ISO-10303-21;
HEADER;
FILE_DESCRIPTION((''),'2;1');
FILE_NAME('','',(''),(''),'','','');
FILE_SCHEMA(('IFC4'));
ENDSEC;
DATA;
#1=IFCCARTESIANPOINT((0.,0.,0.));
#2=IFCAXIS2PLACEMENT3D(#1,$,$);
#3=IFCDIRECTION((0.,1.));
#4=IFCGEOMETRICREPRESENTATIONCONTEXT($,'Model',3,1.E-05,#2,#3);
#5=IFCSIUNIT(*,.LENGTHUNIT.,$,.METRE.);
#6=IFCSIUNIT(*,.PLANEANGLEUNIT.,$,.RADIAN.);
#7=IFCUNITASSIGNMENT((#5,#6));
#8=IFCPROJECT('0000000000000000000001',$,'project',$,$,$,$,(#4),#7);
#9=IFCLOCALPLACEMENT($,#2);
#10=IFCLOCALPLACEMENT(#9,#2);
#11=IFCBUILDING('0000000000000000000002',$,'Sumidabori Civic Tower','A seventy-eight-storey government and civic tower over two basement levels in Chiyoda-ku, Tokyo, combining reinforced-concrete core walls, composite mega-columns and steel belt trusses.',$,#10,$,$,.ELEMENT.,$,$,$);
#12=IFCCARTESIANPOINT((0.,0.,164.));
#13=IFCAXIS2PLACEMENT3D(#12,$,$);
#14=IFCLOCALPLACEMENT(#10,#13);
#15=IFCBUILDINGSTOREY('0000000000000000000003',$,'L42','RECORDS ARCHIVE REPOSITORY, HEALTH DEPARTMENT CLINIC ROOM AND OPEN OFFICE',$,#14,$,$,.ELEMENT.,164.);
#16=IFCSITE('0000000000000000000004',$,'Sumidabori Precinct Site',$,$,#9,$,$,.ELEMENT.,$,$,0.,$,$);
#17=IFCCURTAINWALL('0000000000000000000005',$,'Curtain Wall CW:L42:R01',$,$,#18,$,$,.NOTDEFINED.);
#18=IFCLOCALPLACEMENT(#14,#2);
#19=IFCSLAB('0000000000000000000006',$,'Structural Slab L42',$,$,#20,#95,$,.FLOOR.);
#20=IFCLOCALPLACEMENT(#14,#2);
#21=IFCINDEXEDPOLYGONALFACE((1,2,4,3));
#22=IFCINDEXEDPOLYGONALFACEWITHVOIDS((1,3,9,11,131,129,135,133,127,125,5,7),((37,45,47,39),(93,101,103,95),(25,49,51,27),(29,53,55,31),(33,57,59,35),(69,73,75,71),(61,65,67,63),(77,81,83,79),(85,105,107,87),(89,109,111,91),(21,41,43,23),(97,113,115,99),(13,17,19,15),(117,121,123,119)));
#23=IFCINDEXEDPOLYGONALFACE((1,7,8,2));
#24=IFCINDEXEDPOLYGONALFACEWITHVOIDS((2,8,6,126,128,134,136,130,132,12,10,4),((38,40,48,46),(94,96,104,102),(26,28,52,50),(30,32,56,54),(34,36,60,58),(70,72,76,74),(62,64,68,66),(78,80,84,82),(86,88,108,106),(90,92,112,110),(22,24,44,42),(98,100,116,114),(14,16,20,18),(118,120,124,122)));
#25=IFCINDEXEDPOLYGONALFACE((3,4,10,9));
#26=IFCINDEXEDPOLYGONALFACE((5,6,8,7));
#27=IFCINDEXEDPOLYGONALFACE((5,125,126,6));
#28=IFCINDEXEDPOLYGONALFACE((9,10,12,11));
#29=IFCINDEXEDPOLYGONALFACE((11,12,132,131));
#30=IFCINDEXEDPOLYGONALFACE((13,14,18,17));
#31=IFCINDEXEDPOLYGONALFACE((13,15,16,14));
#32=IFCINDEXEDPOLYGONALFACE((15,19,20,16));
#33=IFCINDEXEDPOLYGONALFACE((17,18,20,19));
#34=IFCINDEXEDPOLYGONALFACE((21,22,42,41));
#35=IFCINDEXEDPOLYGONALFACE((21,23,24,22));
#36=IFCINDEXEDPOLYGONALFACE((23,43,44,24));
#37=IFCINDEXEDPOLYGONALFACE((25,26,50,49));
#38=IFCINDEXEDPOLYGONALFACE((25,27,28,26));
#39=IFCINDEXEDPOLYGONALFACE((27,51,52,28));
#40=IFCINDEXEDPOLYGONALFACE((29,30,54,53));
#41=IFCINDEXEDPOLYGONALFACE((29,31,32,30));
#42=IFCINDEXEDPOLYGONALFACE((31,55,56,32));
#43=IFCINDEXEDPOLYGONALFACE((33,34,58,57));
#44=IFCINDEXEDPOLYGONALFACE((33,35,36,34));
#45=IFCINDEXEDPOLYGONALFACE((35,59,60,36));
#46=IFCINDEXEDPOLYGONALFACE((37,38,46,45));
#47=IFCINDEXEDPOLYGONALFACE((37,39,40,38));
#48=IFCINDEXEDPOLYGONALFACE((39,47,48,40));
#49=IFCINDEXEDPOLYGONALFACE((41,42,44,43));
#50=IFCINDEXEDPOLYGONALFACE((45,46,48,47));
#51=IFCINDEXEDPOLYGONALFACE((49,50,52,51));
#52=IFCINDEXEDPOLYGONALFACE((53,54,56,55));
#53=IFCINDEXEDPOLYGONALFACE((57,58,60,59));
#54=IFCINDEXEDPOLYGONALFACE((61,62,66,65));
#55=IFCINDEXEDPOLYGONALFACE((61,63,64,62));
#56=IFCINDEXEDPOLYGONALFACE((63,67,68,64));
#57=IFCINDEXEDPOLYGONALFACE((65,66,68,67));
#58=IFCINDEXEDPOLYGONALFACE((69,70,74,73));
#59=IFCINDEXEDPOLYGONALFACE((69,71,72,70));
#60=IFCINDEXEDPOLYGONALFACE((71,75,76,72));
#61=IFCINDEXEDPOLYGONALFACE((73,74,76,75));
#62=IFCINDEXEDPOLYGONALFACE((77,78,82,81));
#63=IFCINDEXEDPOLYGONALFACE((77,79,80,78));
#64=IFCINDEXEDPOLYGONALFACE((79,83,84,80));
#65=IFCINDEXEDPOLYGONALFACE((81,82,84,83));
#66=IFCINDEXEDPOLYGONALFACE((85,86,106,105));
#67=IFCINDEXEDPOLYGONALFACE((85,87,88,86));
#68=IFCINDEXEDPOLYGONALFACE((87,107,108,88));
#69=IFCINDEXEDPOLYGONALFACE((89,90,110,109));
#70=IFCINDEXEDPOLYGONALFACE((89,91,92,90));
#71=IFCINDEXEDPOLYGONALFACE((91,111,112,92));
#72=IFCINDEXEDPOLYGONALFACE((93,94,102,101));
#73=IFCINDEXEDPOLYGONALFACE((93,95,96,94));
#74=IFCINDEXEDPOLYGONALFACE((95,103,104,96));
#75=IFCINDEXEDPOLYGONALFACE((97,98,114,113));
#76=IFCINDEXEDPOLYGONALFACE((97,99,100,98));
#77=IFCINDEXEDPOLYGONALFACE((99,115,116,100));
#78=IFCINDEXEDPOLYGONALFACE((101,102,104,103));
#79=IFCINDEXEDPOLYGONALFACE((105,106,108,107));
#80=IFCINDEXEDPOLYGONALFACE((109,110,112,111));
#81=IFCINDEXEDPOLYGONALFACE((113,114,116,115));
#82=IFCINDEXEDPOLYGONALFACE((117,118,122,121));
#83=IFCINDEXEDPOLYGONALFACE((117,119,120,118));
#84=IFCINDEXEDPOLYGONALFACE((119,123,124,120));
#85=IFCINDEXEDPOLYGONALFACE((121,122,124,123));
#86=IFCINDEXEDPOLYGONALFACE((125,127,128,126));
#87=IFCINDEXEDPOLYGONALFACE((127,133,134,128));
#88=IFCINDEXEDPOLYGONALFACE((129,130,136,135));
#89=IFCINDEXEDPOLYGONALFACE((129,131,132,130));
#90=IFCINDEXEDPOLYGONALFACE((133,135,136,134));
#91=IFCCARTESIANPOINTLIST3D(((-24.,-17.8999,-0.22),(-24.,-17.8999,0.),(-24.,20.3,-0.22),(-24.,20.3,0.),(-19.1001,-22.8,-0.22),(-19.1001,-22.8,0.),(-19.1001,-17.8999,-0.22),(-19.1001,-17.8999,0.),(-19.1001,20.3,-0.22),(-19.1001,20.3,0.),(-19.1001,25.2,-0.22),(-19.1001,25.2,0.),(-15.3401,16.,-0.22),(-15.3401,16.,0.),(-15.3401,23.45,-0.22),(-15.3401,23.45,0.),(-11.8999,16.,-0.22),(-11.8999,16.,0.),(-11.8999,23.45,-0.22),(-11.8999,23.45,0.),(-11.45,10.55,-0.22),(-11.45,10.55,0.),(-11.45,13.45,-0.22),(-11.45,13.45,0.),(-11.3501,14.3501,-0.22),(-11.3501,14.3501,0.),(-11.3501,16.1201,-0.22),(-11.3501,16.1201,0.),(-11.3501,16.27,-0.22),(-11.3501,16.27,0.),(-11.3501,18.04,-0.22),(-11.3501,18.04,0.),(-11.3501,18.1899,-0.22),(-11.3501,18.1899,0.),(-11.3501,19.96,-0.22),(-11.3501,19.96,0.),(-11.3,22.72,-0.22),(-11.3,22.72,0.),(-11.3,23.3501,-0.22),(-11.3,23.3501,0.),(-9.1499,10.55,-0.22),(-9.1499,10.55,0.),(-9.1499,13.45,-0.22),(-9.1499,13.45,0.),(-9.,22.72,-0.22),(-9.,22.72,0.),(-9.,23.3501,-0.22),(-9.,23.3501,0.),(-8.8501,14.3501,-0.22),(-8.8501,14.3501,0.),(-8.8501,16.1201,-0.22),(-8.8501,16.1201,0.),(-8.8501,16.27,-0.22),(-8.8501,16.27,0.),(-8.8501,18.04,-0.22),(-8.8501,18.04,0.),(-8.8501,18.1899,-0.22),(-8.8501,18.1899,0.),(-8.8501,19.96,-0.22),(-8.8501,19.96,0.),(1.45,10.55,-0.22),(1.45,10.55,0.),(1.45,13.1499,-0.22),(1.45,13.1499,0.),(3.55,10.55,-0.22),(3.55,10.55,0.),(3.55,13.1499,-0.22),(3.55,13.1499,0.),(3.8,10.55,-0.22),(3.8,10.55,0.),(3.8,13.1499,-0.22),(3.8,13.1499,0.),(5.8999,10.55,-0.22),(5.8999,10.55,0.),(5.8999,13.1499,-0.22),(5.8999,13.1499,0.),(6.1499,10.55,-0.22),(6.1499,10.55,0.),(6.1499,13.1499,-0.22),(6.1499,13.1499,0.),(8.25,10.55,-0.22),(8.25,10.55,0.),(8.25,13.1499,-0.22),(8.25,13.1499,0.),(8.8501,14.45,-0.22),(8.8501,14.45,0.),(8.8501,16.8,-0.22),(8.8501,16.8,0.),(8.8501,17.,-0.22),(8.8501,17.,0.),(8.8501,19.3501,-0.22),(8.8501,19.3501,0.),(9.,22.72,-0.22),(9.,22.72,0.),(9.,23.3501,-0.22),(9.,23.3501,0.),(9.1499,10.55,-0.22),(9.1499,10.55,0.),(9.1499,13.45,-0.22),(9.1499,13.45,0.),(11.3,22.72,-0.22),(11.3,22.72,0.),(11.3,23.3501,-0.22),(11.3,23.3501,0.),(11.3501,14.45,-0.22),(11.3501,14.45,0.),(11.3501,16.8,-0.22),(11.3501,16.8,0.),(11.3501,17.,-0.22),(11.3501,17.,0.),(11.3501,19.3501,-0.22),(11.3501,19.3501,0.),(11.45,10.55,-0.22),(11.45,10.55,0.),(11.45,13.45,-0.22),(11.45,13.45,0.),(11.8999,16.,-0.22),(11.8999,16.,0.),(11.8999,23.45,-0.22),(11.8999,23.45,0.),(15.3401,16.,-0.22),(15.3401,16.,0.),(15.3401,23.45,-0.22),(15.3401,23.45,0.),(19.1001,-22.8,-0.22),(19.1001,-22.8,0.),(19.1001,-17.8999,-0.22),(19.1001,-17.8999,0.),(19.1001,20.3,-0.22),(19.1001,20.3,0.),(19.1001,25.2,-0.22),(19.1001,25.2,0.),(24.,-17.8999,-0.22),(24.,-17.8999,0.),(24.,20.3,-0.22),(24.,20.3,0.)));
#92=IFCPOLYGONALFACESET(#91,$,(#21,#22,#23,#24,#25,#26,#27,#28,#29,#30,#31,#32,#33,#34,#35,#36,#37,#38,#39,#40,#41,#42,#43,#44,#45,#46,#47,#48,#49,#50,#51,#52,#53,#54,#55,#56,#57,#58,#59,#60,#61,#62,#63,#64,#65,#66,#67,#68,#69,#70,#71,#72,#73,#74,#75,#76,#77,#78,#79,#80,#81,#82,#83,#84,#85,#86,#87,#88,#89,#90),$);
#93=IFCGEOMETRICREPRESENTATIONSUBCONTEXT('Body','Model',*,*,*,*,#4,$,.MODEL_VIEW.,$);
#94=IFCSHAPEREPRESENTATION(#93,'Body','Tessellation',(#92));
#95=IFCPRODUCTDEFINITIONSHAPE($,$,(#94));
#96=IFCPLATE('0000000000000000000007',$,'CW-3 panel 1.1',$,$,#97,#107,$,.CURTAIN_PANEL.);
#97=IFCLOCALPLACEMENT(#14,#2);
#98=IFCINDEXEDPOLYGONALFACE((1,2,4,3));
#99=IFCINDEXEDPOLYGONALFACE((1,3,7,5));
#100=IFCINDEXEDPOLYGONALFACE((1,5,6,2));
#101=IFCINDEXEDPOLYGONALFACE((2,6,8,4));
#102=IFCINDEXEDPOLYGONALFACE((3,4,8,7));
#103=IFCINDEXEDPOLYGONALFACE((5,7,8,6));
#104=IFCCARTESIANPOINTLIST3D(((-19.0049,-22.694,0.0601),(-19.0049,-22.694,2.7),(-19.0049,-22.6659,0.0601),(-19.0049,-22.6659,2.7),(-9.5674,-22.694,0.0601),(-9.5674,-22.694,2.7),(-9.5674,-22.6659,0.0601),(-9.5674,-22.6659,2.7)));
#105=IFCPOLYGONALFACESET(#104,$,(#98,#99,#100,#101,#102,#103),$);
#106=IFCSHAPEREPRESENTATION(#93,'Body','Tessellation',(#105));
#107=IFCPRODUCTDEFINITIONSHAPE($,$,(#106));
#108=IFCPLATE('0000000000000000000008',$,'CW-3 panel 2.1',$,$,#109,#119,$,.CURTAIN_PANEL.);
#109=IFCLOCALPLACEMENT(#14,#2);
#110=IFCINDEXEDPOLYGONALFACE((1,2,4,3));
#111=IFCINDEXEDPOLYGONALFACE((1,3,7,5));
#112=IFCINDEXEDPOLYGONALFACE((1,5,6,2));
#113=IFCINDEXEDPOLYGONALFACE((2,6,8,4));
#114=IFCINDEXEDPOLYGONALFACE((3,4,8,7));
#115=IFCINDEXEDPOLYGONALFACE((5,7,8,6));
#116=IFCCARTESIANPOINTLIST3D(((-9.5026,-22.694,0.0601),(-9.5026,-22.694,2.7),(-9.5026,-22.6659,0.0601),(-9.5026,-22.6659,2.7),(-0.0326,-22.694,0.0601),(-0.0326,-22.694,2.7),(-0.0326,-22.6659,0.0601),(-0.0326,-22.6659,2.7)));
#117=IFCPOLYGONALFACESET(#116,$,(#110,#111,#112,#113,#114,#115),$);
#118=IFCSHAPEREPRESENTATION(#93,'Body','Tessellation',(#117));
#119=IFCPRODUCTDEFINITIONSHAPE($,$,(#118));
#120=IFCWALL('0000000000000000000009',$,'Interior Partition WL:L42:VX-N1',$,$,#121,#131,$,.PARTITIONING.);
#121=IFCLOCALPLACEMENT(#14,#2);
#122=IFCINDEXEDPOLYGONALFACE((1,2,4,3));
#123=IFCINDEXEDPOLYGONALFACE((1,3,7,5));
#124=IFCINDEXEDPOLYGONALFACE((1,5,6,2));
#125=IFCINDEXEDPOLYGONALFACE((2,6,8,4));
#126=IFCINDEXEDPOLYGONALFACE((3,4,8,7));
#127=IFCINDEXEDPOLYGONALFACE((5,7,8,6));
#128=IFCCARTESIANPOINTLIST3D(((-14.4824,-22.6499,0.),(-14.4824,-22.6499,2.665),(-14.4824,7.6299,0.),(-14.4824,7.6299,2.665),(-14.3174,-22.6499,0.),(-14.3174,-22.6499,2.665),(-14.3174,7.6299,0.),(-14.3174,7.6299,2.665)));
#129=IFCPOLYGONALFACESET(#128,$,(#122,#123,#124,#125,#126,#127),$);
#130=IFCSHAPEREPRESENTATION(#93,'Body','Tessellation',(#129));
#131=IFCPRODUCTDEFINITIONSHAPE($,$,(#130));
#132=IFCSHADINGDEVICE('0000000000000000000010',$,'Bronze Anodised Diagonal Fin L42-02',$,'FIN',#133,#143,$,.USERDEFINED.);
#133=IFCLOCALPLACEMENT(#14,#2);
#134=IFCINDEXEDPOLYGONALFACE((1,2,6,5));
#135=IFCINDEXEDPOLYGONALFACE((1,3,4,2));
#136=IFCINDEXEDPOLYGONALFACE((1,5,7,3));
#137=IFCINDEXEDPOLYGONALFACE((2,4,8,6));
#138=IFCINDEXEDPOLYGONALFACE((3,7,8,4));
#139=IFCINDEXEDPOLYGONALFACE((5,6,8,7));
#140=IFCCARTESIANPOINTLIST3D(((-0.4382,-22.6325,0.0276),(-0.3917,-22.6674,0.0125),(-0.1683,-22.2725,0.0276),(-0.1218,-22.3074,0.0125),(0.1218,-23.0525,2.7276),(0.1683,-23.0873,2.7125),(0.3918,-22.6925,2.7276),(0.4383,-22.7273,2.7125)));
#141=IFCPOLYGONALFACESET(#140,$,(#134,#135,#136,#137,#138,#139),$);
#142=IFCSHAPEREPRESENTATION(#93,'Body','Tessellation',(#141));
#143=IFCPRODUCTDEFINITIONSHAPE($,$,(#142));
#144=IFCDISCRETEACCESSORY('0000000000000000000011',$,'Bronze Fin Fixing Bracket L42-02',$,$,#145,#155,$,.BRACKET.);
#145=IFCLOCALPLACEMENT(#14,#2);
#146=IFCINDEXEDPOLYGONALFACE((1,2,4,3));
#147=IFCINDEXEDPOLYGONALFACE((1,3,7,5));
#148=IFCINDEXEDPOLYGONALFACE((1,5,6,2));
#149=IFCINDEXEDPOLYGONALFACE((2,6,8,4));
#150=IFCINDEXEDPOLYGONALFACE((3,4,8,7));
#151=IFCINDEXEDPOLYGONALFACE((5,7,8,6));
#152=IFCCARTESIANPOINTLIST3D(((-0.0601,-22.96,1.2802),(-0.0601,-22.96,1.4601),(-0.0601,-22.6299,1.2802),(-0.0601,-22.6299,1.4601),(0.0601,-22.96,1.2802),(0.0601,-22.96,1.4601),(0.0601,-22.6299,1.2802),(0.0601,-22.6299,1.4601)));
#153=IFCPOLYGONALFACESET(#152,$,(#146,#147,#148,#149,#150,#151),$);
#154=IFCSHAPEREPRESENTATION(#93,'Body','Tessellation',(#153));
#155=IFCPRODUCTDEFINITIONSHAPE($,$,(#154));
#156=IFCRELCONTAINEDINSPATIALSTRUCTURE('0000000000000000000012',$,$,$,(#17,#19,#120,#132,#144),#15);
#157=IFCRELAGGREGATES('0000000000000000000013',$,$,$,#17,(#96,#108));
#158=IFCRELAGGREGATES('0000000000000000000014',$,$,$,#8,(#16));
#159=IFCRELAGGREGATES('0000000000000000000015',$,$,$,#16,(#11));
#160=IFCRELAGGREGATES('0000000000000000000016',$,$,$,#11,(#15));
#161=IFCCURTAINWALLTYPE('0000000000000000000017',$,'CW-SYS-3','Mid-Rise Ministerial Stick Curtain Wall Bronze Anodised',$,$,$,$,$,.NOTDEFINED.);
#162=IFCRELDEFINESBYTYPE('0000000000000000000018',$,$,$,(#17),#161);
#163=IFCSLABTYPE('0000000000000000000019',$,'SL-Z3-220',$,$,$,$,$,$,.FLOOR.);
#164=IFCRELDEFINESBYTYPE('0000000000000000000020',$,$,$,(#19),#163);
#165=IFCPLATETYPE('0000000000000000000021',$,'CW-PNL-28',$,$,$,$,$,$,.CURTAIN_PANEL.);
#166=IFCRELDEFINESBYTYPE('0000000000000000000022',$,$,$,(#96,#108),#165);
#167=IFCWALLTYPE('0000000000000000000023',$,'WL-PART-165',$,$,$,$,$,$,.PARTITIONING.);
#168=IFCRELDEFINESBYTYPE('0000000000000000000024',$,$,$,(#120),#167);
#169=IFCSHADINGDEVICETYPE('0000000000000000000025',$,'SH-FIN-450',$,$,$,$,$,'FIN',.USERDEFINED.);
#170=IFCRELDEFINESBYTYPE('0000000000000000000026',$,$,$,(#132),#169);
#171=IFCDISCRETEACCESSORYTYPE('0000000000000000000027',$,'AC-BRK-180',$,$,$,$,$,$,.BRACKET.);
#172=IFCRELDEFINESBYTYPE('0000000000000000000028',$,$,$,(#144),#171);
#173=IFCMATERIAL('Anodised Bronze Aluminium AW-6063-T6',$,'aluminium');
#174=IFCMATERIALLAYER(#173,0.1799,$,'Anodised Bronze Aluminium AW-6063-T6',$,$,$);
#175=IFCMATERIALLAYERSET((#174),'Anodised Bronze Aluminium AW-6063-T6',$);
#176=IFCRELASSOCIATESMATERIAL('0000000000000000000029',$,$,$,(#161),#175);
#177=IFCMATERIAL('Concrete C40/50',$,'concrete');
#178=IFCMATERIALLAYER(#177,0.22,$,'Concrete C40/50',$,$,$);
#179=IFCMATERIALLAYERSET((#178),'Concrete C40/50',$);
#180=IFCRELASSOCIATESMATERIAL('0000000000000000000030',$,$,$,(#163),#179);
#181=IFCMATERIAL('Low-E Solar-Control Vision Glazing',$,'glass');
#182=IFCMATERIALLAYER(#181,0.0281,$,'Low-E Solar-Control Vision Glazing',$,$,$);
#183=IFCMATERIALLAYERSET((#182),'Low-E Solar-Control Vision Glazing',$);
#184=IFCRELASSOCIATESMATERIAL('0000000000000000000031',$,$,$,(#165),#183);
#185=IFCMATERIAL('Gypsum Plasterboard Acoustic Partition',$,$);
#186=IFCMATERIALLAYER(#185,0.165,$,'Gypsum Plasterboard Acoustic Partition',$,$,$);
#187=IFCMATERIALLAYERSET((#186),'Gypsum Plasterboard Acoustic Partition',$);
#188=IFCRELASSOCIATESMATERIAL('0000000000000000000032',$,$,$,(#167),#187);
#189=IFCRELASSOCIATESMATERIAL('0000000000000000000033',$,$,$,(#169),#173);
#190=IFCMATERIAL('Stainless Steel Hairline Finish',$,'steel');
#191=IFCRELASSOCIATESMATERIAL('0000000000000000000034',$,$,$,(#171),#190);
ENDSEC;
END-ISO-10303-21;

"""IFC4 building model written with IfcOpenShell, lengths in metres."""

from ifc_helpers import new_model, si_unit, direction, frame, frame_2d, origin, origin_2d, place, context, subcontext, project, spatial, polyline, rectangle, outline, extrude, source, transform, mapped, material, layer, layer_set, material_profile, profile_set, type_object, element, aggregate, save


model = new_model("IFC4")

# Units and contexts
model_context = context("Model", 3, precision=1e-05, world=origin(), true_north=direction((0.0, 1.0)))
body_context = subcontext(model_context, "Body", "Model", "MODEL_VIEW")
ifc_project = project(units=[si_unit("LENGTHUNIT", "METRE"), si_unit("PLANEANGLEUNIT", "RADIAN")], contexts=[model_context])

# Site, building, storey
site_placement = place(None, origin())
site = spatial("IfcSite", under=ifc_project, at=site_placement, Name="Sumidabori Precinct Site", CompositionType="ELEMENT", RefElevation=0.0)
building_placement = place(site_placement, origin())
building = spatial("IfcBuilding", under=site, at=building_placement, Name="Sumidabori Civic Tower", Description="A seventy-eight-storey government and civic tower over two basement levels in Chiyoda-ku, Tokyo, combining reinforced-concrete core walls, composite mega-columns and steel belt trusses.", CompositionType="ELEMENT")
storey_placement = place(building_placement, frame((0.0, 0.0, 164.0)))
storey = spatial("IfcBuildingStorey", under=building, at=storey_placement, Name="L42", Description="RECORDS ARCHIVE REPOSITORY, HEALTH DEPARTMENT CLINIC ROOM AND OPEN OFFICE", CompositionType="ELEMENT", Elevation=164.0)

# Curtain wall
ifc_material_1 = material(Name="Anodised Bronze Aluminium AW-6063-T6", Category="aluminium")
ifc_layer_1 = layer(ifc_material_1, 0.1799, Name="Anodised Bronze Aluminium AW-6063-T6")
ifc_layer_set_1 = layer_set([ifc_layer_1], Name="Anodised Bronze Aluminium AW-6063-T6")
curtain_wall_type = type_object("IfcCurtainWallType", Name="CW-SYS-3", Description="Mid-Rise Ministerial Stick Curtain Wall Bronze Anodised", PredefinedType="NOTDEFINED", material=ifc_layer_set_1)
curtain_wall_placement = place(storey_placement, origin())
curtain_wall = element("IfcCurtainWall", 1, at=curtain_wall_placement, inside=storey, type_object=curtain_wall_type, Name="Curtain Wall CW:L42:R01", PredefinedType="NOTDEFINED")

# Shared definitions
ifc_material_2 = material(Name="Concrete C40/50", Category="concrete")

# Slab
ifc_layer_2 = layer(ifc_material_2, 0.22, Name="Concrete C40/50")
ifc_layer_set_2 = layer_set([ifc_layer_2], Name="Concrete C40/50")
slab_type_1 = type_object("IfcSlabType", Name="SL-Z3-220", PredefinedType="FLOOR", material=ifc_layer_set_2)
slab_1_placement = place(storey_placement, frame((0.0, 0.0, -0.22)))
element("IfcSlab", 2, at=slab_1_placement, inside=storey, type_object=slab_type_1, Name="Structural Slab L42", PredefinedType="FLOOR", context=body_context, shape_type="SweptSolid", body=[
    extrude(outline(polyline([(-19.1001, -22.8), (19.1001, -22.8), (19.1001, -17.8999), (24.0, -17.8999), (24.0, 20.3), (19.1001, 20.3), (19.1001, 25.2), (-19.1001, 25.2), (-19.1001, 20.3), (-24.0, 20.3), (-24.0, -17.8999), (-19.1001, -17.8999), (-19.1001, -22.8)]), holes=[polyline([(-11.8999, 16.0), (-11.8999, 23.45), (-15.3401, 23.45), (-15.3401, 16.0), (-11.8999, 16.0)]), polyline([(15.3401, 16.0), (15.3401, 23.45), (11.8999, 23.45), (11.8999, 16.0), (15.3401, 16.0)]), polyline([(-11.45, 10.55), (-9.1499, 10.55), (-9.1499, 13.45), (-11.45, 13.45), (-11.45, 10.55)]), polyline([(9.1499, 10.55), (11.45, 10.55), (11.45, 13.45), (9.1499, 13.45), (9.1499, 10.55)]), polyline([(1.45, 10.55), (3.55, 10.55), (3.55, 13.1499), (1.45, 13.1499), (1.45, 10.55)]), polyline([(3.8, 10.55), (5.8999, 10.55), (5.8999, 13.1499), (3.8, 13.1499), (3.8, 10.55)]), polyline([(6.1499, 10.55), (8.25, 10.55), (8.25, 13.1499), (6.1499, 13.1499), (6.1499, 10.55)]), polyline([(-11.3501, 14.3501), (-8.8501, 14.3501), (-8.8501, 16.1201), (-11.3501, 16.1201), (-11.3501, 14.3501)]), polyline([(-11.3501, 16.27), (-8.8501, 16.27), (-8.8501, 18.04), (-11.3501, 18.04), (-11.3501, 16.27)]), polyline([(-11.3501, 18.1899), (-8.8501, 18.1899), (-8.8501, 19.96), (-11.3501, 19.96), (-11.3501, 18.1899)]), polyline([(8.8501, 14.45), (11.3501, 14.45), (11.3501, 16.8), (8.8501, 16.8), (8.8501, 14.45)]), polyline([(8.8501, 17.0), (11.3501, 17.0), (11.3501, 19.3501), (8.8501, 19.3501), (8.8501, 17.0)]), polyline([(-11.3, 22.72), (-9.0, 22.72), (-9.0, 23.3501), (-11.3, 23.3501), (-11.3, 22.72)]), polyline([(9.0, 22.72), (11.3, 22.72), (11.3, 23.3501), (9.0, 23.3501), (9.0, 22.72)])]), origin(), (0.0, 0.0, 1.0), 0.22),
])

# Plates
ifc_material_3 = material(Name="Low-E Solar-Control Vision Glazing", Category="glass")
ifc_layer_3 = layer(ifc_material_3, 0.0281, Name="Low-E Solar-Control Vision Glazing")
ifc_layer_set_3 = layer_set([ifc_layer_3], Name="Low-E Solar-Control Vision Glazing")
plate_type = type_object("IfcPlateType", Name="CW-PNL-28", PredefinedType="CURTAIN_PANEL", material=ifc_layer_set_3)
shared_shape_1 = source(origin(), body_context, "Body", "SweptSolid", [
    extrude(rectangle(XDim=9.4375, YDim=0.0281, at=origin_2d()), origin(), (0.0, 0.0, 1.0), 2.6399),
])
plate_1_placement = place(storey_placement, frame((-14.2861, -22.6799, 0.0601), z_axis=(0.0, 0.0, 1.0), x_axis=(1.0, 0.0, 0.0)))
plate_1 = element("IfcPlate", 3, at=plate_1_placement, type_object=plate_type, Name="CW-3 panel 1.1", PredefinedType="CURTAIN_PANEL", context=body_context, shape_type="MappedRepresentation", body=[
    mapped(shared_shape_1, transform((0.0, 0.0, 0.0), x_axis=(1.0, 0.0, 0.0), y_axis=(0.0, 1.0, 0.0), z_axis=(0.0, 0.0, 1.0), scale=1.0)),
])
shared_shape_2 = source(origin(), body_context, "Body", "SweptSolid", [
    extrude(rectangle(XDim=9.47, YDim=0.0281, at=origin_2d()), origin(), (0.0, 0.0, 1.0), 2.6399),
])
plate_2_placement = place(storey_placement, frame((-4.7676, -22.6799, 0.0601), z_axis=(0.0, 0.0, 1.0), x_axis=(1.0, 0.0, 0.0)))
plate_2 = element("IfcPlate", 4, at=plate_2_placement, type_object=plate_type, Name="CW-3 panel 2.1", PredefinedType="CURTAIN_PANEL", context=body_context, shape_type="MappedRepresentation", body=[
    mapped(shared_shape_2, transform((0.0, 0.0, 0.0), x_axis=(1.0, 0.0, 0.0), y_axis=(0.0, 1.0, 0.0), z_axis=(0.0, 0.0, 1.0), scale=1.0)),
])
aggregate(curtain_wall, [plate_1, plate_2])

# Wall
ifc_material_4 = material(Name="Gypsum Plasterboard Acoustic Partition")
ifc_layer_4 = layer(ifc_material_4, 0.165, Name="Gypsum Plasterboard Acoustic Partition")
ifc_layer_set_4 = layer_set([ifc_layer_4], Name="Gypsum Plasterboard Acoustic Partition")
wall_type = type_object("IfcWallType", Name="WL-PART-165", PredefinedType="PARTITIONING", material=ifc_layer_set_4)
shared_shape_3 = source(origin(), body_context, "Body", "SweptSolid", [
    extrude(rectangle(XDim=30.2798, YDim=0.165, at=frame_2d((15.1399, 0.0))), origin(), (0.0, 0.0, 1.0), 2.665),
])
wall_placement = place(storey_placement, frame((-14.3999, -22.6499, 0.0), z_axis=(0.0, 0.0, 1.0), x_axis=(0.0, 1.0, 0.0)))
element("IfcWall", 5, at=wall_placement, inside=storey, type_object=wall_type, Name="Interior Partition WL:L42:VX-N1", PredefinedType="PARTITIONING", context=body_context, shape_type="MappedRepresentation", body=[
    mapped(shared_shape_3, transform((0.0, 0.0, 0.0), x_axis=(1.0, 0.0, 0.0), y_axis=(0.0, 1.0, 0.0), z_axis=(0.0, 0.0, 1.0), scale=1.0)),
])

# Shading device
ifc_material_profile_1 = material_profile(ifc_material_1, rectangle(XDim=0.0601, YDim=0.45, at=origin_2d()), Name="BRONZE FIN 450x60")
ifc_profile_set_1 = profile_set([ifc_material_profile_1], Name="Anodised Bronze Aluminium AW-6063-T6")
shading_device_type = type_object("IfcShadingDeviceType", Name="SH-FIN-450", ElementType="FIN", PredefinedType="USERDEFINED", material=ifc_profile_set_1)
shared_shape_4 = source(origin(), body_context, "Body", "SweptSolid", [
    extrude(rectangle(XDim=0.0601, YDim=0.45, at=origin_2d()), origin(), (0.0, 0.0, 1.0), 2.7893),
])
shading_device_placement = place(storey_placement, frame((-0.28, -22.47, 0.02), z_axis=(0.200794, -0.150552, 0.967996), x_axis=(0.774478, -0.580689, -0.250966)))
element("IfcShadingDevice", 6, at=shading_device_placement, inside=storey, type_object=shading_device_type, Name="Bronze Anodised Diagonal Fin L42-02", ObjectType="FIN", PredefinedType="USERDEFINED", context=body_context, shape_type="MappedRepresentation", body=[
    mapped(shared_shape_4, transform((0.0, 0.0, 0.0), x_axis=(1.0, 0.0, 0.0), y_axis=(0.0, 1.0, 0.0), z_axis=(0.0, 0.0, 1.0), scale=1.0)),
])

# Discrete accessory
ifc_material_5 = material(Name="Stainless Steel Hairline Finish", Category="steel")
ifc_material_profile_2 = material_profile(ifc_material_5, rectangle(XDim=0.1201, YDim=0.1799, at=origin_2d()), Name="STEEL BRACKET 180x120")
ifc_profile_set_2 = profile_set([ifc_material_profile_2], Name="Stainless Steel Hairline Finish")
discrete_accessory_type = type_object("IfcDiscreteAccessoryType", Name="AC-BRK-180", PredefinedType="BRACKET", material=ifc_profile_set_2)
shared_shape_5 = source(origin(), body_context, "Body", "SweptSolid", [
    extrude(rectangle(XDim=0.1201, YDim=0.1799, at=origin_2d()), origin(), (0.0, 0.0, 1.0), 0.3301),
])
discrete_accessory_placement = place(storey_placement, frame((0.0, -22.6299, 1.3701), z_axis=(0.0, -1.0, 0.0), x_axis=(1.0, 0.0, 0.0)))
element("IfcDiscreteAccessory", 7, at=discrete_accessory_placement, inside=storey, type_object=discrete_accessory_type, Name="Bronze Fin Fixing Bracket L42-02", PredefinedType="BRACKET", context=body_context, shape_type="MappedRepresentation", body=[
    mapped(shared_shape_5, transform((0.0, 0.0, 0.0), x_axis=(1.0, 0.0, 0.0), y_axis=(0.0, 1.0, 0.0), z_axis=(0.0, 0.0, 1.0), scale=1.0)),
])

save(model, "model.ifc")
